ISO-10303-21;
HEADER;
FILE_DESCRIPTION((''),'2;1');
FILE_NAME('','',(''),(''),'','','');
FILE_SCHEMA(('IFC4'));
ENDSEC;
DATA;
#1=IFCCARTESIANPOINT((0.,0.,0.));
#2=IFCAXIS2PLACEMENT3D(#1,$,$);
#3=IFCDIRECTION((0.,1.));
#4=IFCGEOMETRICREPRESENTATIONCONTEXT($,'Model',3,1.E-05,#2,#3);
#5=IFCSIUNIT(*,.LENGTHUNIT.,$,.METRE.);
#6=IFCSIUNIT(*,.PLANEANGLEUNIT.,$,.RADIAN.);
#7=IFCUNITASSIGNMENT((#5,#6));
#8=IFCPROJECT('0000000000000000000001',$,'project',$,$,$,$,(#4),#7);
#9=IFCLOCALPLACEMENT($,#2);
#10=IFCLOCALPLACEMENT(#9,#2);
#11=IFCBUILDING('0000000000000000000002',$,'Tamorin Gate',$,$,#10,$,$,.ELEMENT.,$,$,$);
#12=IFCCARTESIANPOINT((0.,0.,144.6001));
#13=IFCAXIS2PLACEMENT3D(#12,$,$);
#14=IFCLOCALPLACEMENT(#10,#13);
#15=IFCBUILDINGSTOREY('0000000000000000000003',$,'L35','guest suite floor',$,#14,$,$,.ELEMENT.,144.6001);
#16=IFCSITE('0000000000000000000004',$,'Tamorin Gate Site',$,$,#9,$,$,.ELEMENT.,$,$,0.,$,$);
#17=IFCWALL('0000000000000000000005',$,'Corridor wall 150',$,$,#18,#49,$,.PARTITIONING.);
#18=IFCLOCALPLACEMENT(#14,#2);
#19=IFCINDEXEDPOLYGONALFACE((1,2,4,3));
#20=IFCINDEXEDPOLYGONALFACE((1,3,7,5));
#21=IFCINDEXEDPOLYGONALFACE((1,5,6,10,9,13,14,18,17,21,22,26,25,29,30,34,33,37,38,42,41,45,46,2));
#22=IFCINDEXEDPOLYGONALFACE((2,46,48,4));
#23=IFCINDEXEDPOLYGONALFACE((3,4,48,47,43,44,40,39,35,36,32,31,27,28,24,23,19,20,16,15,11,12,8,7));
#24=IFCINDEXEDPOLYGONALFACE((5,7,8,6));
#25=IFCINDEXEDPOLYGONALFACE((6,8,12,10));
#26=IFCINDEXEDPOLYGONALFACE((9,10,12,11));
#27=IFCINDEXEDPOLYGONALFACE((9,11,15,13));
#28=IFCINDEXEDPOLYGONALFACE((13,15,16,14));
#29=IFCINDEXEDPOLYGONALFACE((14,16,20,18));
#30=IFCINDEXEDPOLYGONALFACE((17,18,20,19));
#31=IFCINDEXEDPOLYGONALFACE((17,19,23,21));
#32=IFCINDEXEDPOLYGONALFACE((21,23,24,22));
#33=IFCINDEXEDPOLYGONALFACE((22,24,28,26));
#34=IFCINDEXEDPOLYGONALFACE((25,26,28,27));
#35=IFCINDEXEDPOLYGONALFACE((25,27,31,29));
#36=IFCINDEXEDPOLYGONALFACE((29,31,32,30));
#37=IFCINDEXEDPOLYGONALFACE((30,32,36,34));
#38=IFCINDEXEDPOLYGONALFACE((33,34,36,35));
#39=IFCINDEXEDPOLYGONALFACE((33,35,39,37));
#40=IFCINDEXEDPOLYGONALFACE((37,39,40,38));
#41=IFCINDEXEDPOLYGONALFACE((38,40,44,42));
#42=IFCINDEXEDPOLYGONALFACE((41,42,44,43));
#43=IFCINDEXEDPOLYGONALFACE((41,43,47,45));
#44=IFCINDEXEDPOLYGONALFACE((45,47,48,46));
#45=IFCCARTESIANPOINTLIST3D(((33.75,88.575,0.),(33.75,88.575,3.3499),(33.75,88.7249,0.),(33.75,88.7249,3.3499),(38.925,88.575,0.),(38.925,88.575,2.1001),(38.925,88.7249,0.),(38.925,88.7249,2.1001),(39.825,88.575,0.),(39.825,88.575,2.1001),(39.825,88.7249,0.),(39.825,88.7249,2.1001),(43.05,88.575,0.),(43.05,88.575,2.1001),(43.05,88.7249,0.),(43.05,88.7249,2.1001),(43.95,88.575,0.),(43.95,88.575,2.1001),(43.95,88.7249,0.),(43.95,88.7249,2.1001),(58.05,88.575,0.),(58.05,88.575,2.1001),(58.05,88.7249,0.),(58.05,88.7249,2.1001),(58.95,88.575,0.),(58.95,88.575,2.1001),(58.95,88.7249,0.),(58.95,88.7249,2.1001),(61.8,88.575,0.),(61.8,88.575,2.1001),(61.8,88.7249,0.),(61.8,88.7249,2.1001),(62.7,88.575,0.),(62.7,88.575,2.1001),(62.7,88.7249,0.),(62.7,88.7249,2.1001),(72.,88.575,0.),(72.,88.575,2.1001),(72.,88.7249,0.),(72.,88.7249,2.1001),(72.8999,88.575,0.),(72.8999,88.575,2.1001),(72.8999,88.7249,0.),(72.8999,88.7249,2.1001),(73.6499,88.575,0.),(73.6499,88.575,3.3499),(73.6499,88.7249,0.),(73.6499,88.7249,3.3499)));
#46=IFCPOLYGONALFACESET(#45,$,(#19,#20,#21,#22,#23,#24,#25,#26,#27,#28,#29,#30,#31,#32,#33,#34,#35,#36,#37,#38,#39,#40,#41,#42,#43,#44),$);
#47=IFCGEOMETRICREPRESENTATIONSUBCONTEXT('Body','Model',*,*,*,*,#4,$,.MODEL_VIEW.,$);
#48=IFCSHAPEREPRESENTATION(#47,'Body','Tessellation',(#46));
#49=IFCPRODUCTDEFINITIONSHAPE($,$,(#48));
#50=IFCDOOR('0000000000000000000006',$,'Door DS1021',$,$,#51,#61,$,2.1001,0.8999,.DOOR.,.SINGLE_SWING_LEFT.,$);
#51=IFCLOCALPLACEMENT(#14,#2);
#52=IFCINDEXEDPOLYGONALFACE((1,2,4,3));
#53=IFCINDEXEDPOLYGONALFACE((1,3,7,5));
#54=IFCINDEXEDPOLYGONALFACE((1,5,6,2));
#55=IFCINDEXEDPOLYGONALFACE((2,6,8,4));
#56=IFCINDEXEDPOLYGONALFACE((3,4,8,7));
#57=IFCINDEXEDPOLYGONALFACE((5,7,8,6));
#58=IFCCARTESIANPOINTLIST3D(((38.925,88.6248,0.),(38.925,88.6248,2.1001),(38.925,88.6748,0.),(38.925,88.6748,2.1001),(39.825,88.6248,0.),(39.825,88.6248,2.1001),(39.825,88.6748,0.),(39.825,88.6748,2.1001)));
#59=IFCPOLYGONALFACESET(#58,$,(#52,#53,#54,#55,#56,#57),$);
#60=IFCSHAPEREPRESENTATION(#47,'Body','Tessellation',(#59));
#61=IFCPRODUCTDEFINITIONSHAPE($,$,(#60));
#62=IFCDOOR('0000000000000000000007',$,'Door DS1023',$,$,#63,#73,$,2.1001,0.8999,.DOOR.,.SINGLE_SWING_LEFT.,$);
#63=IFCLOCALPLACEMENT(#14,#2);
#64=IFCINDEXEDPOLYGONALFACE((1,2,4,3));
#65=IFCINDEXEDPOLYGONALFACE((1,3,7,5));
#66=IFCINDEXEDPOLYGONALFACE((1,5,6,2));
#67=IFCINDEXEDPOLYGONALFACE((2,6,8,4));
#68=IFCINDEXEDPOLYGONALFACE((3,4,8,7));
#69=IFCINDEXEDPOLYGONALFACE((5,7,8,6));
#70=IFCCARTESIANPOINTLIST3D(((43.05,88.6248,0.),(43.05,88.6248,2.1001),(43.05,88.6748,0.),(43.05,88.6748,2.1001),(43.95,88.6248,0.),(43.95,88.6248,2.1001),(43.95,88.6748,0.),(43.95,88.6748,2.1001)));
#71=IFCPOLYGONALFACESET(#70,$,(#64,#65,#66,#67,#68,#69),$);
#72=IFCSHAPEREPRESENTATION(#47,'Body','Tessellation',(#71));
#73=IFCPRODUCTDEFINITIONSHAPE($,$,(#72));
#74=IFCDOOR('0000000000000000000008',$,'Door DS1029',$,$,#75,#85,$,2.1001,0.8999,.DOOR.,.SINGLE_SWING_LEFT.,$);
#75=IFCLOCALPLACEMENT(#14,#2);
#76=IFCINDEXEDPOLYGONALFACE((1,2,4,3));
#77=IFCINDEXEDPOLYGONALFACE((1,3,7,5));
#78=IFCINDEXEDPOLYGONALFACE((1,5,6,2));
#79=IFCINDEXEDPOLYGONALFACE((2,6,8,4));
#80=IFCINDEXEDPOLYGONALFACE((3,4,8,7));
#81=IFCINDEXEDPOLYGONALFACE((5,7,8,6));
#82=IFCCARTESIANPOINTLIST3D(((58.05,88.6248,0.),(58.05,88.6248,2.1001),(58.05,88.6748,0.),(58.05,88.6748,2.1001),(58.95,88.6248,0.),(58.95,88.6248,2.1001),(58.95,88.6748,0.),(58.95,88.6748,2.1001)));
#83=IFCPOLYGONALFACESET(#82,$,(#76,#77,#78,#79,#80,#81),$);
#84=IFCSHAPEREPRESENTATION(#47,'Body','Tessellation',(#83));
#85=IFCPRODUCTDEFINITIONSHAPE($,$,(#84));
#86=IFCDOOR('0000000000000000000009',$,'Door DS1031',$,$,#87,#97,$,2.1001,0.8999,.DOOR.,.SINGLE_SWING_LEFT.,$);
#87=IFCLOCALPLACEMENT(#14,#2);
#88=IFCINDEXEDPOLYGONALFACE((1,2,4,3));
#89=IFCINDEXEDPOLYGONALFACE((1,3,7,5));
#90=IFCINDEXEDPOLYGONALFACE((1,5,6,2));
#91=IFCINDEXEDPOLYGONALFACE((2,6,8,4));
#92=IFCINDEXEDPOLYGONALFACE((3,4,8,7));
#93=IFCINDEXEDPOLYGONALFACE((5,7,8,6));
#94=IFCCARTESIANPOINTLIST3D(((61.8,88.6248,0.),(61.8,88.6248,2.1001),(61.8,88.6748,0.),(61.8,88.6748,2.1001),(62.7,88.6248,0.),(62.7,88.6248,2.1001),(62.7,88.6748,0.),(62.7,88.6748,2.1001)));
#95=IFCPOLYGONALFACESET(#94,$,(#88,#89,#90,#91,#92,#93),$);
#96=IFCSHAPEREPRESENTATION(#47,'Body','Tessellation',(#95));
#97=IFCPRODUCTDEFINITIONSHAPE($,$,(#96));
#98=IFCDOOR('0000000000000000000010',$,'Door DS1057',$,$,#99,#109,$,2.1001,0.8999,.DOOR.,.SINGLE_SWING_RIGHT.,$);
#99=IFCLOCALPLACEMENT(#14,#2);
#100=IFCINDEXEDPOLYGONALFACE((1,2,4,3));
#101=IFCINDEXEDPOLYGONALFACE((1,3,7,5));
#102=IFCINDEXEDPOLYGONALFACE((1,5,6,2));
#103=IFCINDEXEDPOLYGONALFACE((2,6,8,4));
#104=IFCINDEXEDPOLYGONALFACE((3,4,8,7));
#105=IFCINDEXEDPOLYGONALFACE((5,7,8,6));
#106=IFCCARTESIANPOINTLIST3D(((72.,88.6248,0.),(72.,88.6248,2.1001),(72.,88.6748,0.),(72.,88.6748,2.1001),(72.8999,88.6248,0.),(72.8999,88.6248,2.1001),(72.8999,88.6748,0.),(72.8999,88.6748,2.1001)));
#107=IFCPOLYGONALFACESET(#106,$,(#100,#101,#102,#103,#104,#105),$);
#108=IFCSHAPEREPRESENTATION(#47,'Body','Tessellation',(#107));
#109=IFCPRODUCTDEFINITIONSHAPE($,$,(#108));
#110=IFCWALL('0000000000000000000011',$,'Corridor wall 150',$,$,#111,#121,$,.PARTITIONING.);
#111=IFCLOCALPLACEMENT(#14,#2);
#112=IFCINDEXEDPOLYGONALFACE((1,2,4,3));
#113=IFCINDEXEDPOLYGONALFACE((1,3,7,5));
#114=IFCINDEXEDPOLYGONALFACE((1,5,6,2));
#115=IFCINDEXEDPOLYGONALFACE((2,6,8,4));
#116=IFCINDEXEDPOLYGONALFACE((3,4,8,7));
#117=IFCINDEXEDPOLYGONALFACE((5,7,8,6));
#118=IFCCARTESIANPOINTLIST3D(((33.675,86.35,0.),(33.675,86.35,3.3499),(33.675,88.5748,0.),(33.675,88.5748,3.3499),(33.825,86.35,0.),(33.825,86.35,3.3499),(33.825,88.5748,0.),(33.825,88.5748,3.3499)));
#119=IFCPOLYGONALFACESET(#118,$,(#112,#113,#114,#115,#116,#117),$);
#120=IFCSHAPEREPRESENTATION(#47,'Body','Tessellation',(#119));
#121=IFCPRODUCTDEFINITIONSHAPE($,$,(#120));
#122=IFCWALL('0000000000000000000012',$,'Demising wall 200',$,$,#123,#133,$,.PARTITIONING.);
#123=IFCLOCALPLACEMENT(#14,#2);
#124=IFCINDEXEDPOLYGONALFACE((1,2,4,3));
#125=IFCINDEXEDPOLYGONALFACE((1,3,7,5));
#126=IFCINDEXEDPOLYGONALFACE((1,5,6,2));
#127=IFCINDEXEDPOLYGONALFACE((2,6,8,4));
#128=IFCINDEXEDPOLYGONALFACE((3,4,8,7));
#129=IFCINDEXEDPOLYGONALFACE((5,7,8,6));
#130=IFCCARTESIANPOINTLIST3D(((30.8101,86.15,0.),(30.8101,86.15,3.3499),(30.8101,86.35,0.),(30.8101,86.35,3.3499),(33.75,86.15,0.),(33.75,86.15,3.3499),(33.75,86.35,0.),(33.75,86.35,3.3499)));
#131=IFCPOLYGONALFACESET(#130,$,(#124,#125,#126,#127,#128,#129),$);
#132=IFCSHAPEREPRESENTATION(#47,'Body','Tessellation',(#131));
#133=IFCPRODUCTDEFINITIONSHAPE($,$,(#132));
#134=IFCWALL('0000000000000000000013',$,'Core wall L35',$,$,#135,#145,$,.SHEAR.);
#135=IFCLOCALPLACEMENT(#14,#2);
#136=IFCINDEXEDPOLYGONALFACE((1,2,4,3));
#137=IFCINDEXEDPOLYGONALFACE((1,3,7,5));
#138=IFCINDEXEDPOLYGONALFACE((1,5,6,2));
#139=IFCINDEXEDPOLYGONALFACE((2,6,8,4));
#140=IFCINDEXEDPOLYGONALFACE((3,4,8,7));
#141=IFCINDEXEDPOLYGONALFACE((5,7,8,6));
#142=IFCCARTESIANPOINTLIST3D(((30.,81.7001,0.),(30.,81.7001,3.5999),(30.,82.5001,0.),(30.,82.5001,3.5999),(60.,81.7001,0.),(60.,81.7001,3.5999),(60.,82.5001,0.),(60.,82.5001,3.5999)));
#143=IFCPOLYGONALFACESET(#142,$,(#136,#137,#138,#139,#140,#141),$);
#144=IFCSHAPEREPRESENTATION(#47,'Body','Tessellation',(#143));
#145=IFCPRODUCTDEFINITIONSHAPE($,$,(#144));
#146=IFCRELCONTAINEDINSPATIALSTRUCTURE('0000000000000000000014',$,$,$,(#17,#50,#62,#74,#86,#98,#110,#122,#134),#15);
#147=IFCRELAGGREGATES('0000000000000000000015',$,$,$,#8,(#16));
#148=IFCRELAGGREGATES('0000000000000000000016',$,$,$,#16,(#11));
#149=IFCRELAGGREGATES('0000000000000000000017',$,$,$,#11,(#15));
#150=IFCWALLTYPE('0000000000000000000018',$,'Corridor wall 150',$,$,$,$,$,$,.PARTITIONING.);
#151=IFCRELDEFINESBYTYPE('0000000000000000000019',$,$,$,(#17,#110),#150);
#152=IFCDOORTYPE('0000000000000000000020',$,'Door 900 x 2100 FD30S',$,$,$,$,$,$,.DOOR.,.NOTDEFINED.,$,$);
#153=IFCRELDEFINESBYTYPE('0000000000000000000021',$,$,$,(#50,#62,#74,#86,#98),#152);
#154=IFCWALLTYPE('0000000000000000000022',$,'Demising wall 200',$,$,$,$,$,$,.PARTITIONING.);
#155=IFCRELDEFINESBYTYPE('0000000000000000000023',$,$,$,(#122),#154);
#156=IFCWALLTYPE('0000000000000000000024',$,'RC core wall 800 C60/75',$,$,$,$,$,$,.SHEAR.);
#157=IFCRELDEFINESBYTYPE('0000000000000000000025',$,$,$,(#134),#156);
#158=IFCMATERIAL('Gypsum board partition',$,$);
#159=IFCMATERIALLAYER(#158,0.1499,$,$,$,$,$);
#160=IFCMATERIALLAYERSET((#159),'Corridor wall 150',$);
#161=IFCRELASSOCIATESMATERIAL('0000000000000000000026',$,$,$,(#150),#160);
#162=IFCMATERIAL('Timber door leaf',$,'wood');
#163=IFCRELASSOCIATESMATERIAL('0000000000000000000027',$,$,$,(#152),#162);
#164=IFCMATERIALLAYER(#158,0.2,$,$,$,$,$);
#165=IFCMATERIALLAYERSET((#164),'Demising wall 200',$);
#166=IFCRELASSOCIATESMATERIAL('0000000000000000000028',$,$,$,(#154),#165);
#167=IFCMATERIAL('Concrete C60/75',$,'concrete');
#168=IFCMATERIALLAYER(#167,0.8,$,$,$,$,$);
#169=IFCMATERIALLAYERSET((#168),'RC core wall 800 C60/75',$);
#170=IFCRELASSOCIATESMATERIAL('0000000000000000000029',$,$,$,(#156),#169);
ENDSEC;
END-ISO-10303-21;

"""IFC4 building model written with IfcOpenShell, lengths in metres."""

from ifc_helpers import new_model, si_unit, direction, frame, frame_2d, origin, place, context, subcontext, project, spatial, rectangle, extrude, material, layer, layer_set, type_object, element, fill, save


model = new_model("IFC4")

# Units and contexts
model_context = context("Model", 3, precision=1e-05, world=origin(), true_north=direction((0.0, 1.0)))
body_context = subcontext(model_context, "Body", "Model", "MODEL_VIEW")
ifc_project = project(units=[si_unit("LENGTHUNIT", "METRE"), si_unit("PLANEANGLEUNIT", "RADIAN")], contexts=[model_context])

# Site, building, storey
site_placement = place(None, origin())
site = spatial("IfcSite", under=ifc_project, at=site_placement, Name="Tamorin Gate Site", CompositionType="ELEMENT", RefElevation=0.0)
building_placement = place(site_placement, origin())
building = spatial("IfcBuilding", under=site, at=building_placement, Name="Tamorin Gate", CompositionType="ELEMENT")
storey_placement = place(building_placement, frame((0.0, 0.0, 144.6001)))
storey = spatial("IfcBuildingStorey", under=building, at=storey_placement, Name="L35", Description="guest suite floor", CompositionType="ELEMENT", Elevation=144.6001)

# Wall, openings, doors
ifc_material_1 = material(Name="Gypsum board partition")
ifc_layer_1 = layer(ifc_material_1, 0.1499)
ifc_layer_set_1 = layer_set([ifc_layer_1], Name="Corridor wall 150")
wall_type_1 = type_object("IfcWallType", Name="Corridor wall 150", PredefinedType="PARTITIONING", material=ifc_layer_set_1)
ifc_material_2 = material(Name="Timber door leaf", Category="wood")
door_type_1 = type_object("IfcDoorType", Name="Door 900 x 2100 FD30S", OperationType="NOTDEFINED", PredefinedType="DOOR", material=ifc_material_2)
wall_1_placement = place(storey_placement, frame((33.75, 88.6499, 0.0), z_axis=(0.0, 0.0, 1.0), x_axis=(1.0, 0.0, 0.0)))
wall_1 = element("IfcWall", 1, at=wall_1_placement, inside=storey, type_object=wall_type_1, Name="Corridor wall 150", PredefinedType="PARTITIONING", context=body_context, shape_type="SweptSolid", body=[
    extrude(rectangle(XDim=39.8999, YDim=0.1499, at=frame_2d((19.95, 0.0))), origin(), (0.0, 0.0, 1.0), 3.3499),
])
opening_1_placement = place(wall_1_placement, frame((5.175, 0.0, 0.0)))
opening_1 = element("IfcOpeningElement", 2, at=opening_1_placement, cuts=wall_1, PredefinedType="OPENING", context=body_context, shape_type="SweptSolid", body=[
    extrude(rectangle(XDim=0.8999, YDim=2.1001, at=frame_2d((0.45, 1.05))), frame((0.0, 0.085, 0.0), z_axis=(0.0, -1.0, 0.0), x_axis=(1.0, 0.0, 0.0)), (0.0, 0.0, 1.0), 0.1699),
])
opening_2_placement = place(wall_1_placement, frame((9.3, 0.0, 0.0)))
opening_2 = element("IfcOpeningElement", 3, at=opening_2_placement, cuts=wall_1, PredefinedType="OPENING", context=body_context, shape_type="SweptSolid", body=[
    extrude(rectangle(XDim=0.8999, YDim=2.1001, at=frame_2d((0.45, 1.05))), frame((0.0, 0.085, 0.0), z_axis=(0.0, -1.0, 0.0), x_axis=(1.0, 0.0, 0.0)), (0.0, 0.0, 1.0), 0.1699),
])
opening_3_placement = place(wall_1_placement, frame((24.3, 0.0, 0.0)))
opening_3 = element("IfcOpeningElement", 4, at=opening_3_placement, cuts=wall_1, PredefinedType="OPENING", context=body_context, shape_type="SweptSolid", body=[
    extrude(rectangle(XDim=0.8999, YDim=2.1001, at=frame_2d((0.45, 1.05))), frame((0.0, 0.085, 0.0), z_axis=(0.0, -1.0, 0.0), x_axis=(1.0, 0.0, 0.0)), (0.0, 0.0, 1.0), 0.1699),
])
opening_4_placement = place(wall_1_placement, frame((28.05, 0.0, 0.0)))
opening_4 = element("IfcOpeningElement", 5, at=opening_4_placement, cuts=wall_1, PredefinedType="OPENING", context=body_context, shape_type="SweptSolid", body=[
    extrude(rectangle(XDim=0.8999, YDim=2.1001, at=frame_2d((0.45, 1.05))), frame((0.0, 0.085, 0.0), z_axis=(0.0, -1.0, 0.0), x_axis=(1.0, 0.0, 0.0)), (0.0, 0.0, 1.0), 0.1699),
])
opening_5_placement = place(wall_1_placement, frame((38.25, 0.0, 0.0)))
opening_5 = element("IfcOpeningElement", 6, at=opening_5_placement, cuts=wall_1, PredefinedType="OPENING", context=body_context, shape_type="SweptSolid", body=[
    extrude(rectangle(XDim=0.8999, YDim=2.1001, at=frame_2d((0.45, 1.05))), frame((0.0, 0.085, 0.0), z_axis=(0.0, -1.0, 0.0), x_axis=(1.0, 0.0, 0.0)), (0.0, 0.0, 1.0), 0.1699),
])
door_1_placement = place(opening_1_placement, origin())
door_1 = element("IfcDoor", 7, at=door_1_placement, inside=storey, type_object=door_type_1, Name="Door DS1021", OperationType="SINGLE_SWING_LEFT", OverallHeight=2.1001, OverallWidth=0.8999, PredefinedType="DOOR", context=body_context, shape_type="SweptSolid", body=[
    extrude(rectangle(XDim=0.8999, YDim=2.1001, at=frame_2d((0.45, 1.05))), frame((0.0, 0.0249, 0.0), z_axis=(0.0, -1.0, 0.0), x_axis=(1.0, 0.0, 0.0)), (0.0, 0.0, 1.0), 0.05),
])
fill(opening_1, door_1)
door_2_placement = place(opening_2_placement, origin())
door_2 = element("IfcDoor", 8, at=door_2_placement, inside=storey, type_object=door_type_1, Name="Door DS1023", OperationType="SINGLE_SWING_LEFT", OverallHeight=2.1001, OverallWidth=0.8999, PredefinedType="DOOR", context=body_context, shape_type="SweptSolid", body=[
    extrude(rectangle(XDim=0.8999, YDim=2.1001, at=frame_2d((0.45, 1.05))), frame((0.0, 0.0249, 0.0), z_axis=(0.0, -1.0, 0.0), x_axis=(1.0, 0.0, 0.0)), (0.0, 0.0, 1.0), 0.05),
])
fill(opening_2, door_2)
door_3_placement = place(opening_3_placement, origin())
door_3 = element("IfcDoor", 9, at=door_3_placement, inside=storey, type_object=door_type_1, Name="Door DS1029", OperationType="SINGLE_SWING_LEFT", OverallHeight=2.1001, OverallWidth=0.8999, PredefinedType="DOOR", context=body_context, shape_type="SweptSolid", body=[
    extrude(rectangle(XDim=0.8999, YDim=2.1001, at=frame_2d((0.45, 1.05))), frame((0.0, 0.0249, 0.0), z_axis=(0.0, -1.0, 0.0), x_axis=(1.0, 0.0, 0.0)), (0.0, 0.0, 1.0), 0.05),
])
fill(opening_3, door_3)
door_4_placement = place(opening_4_placement, origin())
door_4 = element("IfcDoor", 10, at=door_4_placement, inside=storey, type_object=door_type_1, Name="Door DS1031", OperationType="SINGLE_SWING_LEFT", OverallHeight=2.1001, OverallWidth=0.8999, PredefinedType="DOOR", context=body_context, shape_type="SweptSolid", body=[
    extrude(rectangle(XDim=0.8999, YDim=2.1001, at=frame_2d((0.45, 1.05))), frame((0.0, 0.0249, 0.0), z_axis=(0.0, -1.0, 0.0), x_axis=(1.0, 0.0, 0.0)), (0.0, 0.0, 1.0), 0.05),
])
fill(opening_4, door_4)
door_5_placement = place(opening_5_placement, origin())
door_5 = element("IfcDoor", 11, at=door_5_placement, inside=storey, type_object=door_type_1, Name="Door DS1057", OperationType="SINGLE_SWING_RIGHT", OverallHeight=2.1001, OverallWidth=0.8999, PredefinedType="DOOR", context=body_context, shape_type="SweptSolid", body=[
    extrude(rectangle(XDim=0.8999, YDim=2.1001, at=frame_2d((0.45, 1.05))), frame((0.0, 0.0249, 0.0), z_axis=(0.0, -1.0, 0.0), x_axis=(1.0, 0.0, 0.0)), (0.0, 0.0, 1.0), 0.05),
])
fill(opening_5, door_5)

# Walls
wall_2_placement = place(storey_placement, frame((33.75, 86.3501, 0.0), z_axis=(0.0, 0.0, 1.0), x_axis=(0.0, 1.0, 0.0)))
element("IfcWall", 12, at=wall_2_placement, inside=storey, type_object=wall_type_1, Name="Corridor wall 150", PredefinedType="PARTITIONING", context=body_context, shape_type="SweptSolid", body=[
    extrude(rectangle(XDim=2.2249, YDim=0.1499, at=frame_2d((1.1123, 0.0))), origin(), (0.0, 0.0, 1.0), 3.3499),
])
ifc_layer_2 = layer(ifc_material_1, 0.2)
ifc_layer_set_2 = layer_set([ifc_layer_2], Name="Demising wall 200")
wall_type_2 = type_object("IfcWallType", Name="Demising wall 200", PredefinedType="PARTITIONING", material=ifc_layer_set_2)
wall_3_placement = place(storey_placement, frame((30.8101, 86.25, 0.0), z_axis=(0.0, 0.0, 1.0), x_axis=(1.0, 0.0, 0.0)))
element("IfcWall", 13, at=wall_3_placement, inside=storey, type_object=wall_type_2, Name="Demising wall 200", PredefinedType="PARTITIONING", context=body_context, shape_type="SweptSolid", body=[
    extrude(rectangle(XDim=2.9399, YDim=0.2, at=frame_2d((1.47, 0.0))), origin(), (0.0, 0.0, 1.0), 3.3499),
])
ifc_material_3 = material(Name="Concrete C60/75", Category="concrete")
ifc_layer_3 = layer(ifc_material_3, 0.8)
ifc_layer_set_3 = layer_set([ifc_layer_3], Name="RC core wall 800 C60/75")
wall_type_3 = type_object("IfcWallType", Name="RC core wall 800 C60/75", PredefinedType="SHEAR", material=ifc_layer_set_3)
wall_4_placement = place(storey_placement, frame((30.0, 82.1001, 0.0), z_axis=(0.0, 0.0, 1.0), x_axis=(1.0, 0.0, 0.0)))
element("IfcWall", 14, at=wall_4_placement, inside=storey, type_object=wall_type_3, Name="Core wall L35", PredefinedType="SHEAR", context=body_context, shape_type="SweptSolid", body=[
    extrude(rectangle(XDim=30.0, YDim=0.8, at=frame_2d((15.0, 0.0))), origin(), (0.0, 0.0, 1.0), 3.5999),
])

save(model, "model.ifc")
